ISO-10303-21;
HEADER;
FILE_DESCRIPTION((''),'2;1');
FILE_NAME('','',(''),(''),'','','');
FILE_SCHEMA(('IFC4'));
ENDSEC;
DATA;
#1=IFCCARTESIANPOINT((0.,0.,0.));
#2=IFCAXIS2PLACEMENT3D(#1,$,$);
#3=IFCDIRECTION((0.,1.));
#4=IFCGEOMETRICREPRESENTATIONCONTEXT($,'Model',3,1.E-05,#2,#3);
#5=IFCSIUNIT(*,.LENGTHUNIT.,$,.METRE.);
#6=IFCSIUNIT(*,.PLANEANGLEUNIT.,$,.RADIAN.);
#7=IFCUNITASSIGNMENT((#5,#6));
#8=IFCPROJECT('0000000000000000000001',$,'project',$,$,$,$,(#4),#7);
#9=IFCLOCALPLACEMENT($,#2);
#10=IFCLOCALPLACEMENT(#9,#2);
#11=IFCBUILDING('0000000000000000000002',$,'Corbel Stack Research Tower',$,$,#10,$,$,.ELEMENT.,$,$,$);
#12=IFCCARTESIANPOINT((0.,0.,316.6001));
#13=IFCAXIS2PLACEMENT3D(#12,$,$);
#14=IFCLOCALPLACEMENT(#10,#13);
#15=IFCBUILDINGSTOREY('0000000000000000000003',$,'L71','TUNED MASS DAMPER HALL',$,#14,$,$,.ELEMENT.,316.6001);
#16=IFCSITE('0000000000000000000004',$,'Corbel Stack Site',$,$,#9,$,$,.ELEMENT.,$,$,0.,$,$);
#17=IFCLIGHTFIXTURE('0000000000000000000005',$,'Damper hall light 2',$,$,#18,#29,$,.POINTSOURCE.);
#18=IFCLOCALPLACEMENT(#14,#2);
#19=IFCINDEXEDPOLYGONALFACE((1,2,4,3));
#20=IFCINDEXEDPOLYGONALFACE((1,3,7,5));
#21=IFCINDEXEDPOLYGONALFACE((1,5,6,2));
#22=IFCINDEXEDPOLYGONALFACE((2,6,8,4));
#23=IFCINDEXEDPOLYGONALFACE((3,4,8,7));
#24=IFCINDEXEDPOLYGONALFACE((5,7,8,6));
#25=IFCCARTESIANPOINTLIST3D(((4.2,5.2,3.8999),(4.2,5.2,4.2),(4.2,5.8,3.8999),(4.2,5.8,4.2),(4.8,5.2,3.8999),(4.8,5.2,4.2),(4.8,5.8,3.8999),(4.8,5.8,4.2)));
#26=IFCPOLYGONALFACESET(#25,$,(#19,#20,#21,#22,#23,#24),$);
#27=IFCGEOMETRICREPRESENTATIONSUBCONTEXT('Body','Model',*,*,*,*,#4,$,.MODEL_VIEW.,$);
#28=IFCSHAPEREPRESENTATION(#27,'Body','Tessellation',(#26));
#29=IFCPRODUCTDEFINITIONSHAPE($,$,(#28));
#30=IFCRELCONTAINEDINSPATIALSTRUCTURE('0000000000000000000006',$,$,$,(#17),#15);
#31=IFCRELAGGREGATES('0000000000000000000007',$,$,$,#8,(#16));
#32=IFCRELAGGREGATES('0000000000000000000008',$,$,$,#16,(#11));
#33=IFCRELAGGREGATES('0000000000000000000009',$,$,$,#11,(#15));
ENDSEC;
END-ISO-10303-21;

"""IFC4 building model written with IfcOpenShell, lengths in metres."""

from ifc_helpers import new_model, si_unit, direction, frame, origin, origin_2d, place, context, subcontext, project, spatial, rectangle, extrude, element, save


model = new_model("IFC4")

# Units and contexts
model_context = context("Model", 3, precision=1e-05, world=origin(), true_north=direction((0.0, 1.0)))
body_context = subcontext(model_context, "Body", "Model", "MODEL_VIEW")
ifc_project = project(units=[si_unit("LENGTHUNIT", "METRE"), si_unit("PLANEANGLEUNIT", "RADIAN")], contexts=[model_context])

# Site, building, storey
site_placement = place(None, origin())
site = spatial("IfcSite", under=ifc_project, at=site_placement, Name="Corbel Stack Site", CompositionType="ELEMENT", RefElevation=0.0)
building_placement = place(site_placement, origin())
building = spatial("IfcBuilding", under=site, at=building_placement, Name="Corbel Stack Research Tower", CompositionType="ELEMENT")
storey_placement = place(building_placement, frame((0.0, 0.0, 316.6001)))
storey = spatial("IfcBuildingStorey", under=building, at=storey_placement, Name="L71", Description="TUNED MASS DAMPER HALL", CompositionType="ELEMENT", Elevation=316.6001)

# Light fixture
for number, where, z_axis, x_axis, name in (
    (1, (4.5, 5.5, 3.8999), (0.0, 0.0, 1.0), (1.0, 0.0, 0.0), "Damper hall light 2"),
):
    element("IfcLightFixture", number, at=place(storey_placement, frame(where, z_axis=z_axis, x_axis=x_axis)), inside=storey, Name=name, PredefinedType="POINTSOURCE", context=body_context, shape_type="SweptSolid", body=[
        extrude(rectangle(XDim=0.6001, YDim=0.6001, at=origin_2d()), origin(), (0.0, 0.0, 1.0), 0.3),
    ])

save(model, "model.ifc")
